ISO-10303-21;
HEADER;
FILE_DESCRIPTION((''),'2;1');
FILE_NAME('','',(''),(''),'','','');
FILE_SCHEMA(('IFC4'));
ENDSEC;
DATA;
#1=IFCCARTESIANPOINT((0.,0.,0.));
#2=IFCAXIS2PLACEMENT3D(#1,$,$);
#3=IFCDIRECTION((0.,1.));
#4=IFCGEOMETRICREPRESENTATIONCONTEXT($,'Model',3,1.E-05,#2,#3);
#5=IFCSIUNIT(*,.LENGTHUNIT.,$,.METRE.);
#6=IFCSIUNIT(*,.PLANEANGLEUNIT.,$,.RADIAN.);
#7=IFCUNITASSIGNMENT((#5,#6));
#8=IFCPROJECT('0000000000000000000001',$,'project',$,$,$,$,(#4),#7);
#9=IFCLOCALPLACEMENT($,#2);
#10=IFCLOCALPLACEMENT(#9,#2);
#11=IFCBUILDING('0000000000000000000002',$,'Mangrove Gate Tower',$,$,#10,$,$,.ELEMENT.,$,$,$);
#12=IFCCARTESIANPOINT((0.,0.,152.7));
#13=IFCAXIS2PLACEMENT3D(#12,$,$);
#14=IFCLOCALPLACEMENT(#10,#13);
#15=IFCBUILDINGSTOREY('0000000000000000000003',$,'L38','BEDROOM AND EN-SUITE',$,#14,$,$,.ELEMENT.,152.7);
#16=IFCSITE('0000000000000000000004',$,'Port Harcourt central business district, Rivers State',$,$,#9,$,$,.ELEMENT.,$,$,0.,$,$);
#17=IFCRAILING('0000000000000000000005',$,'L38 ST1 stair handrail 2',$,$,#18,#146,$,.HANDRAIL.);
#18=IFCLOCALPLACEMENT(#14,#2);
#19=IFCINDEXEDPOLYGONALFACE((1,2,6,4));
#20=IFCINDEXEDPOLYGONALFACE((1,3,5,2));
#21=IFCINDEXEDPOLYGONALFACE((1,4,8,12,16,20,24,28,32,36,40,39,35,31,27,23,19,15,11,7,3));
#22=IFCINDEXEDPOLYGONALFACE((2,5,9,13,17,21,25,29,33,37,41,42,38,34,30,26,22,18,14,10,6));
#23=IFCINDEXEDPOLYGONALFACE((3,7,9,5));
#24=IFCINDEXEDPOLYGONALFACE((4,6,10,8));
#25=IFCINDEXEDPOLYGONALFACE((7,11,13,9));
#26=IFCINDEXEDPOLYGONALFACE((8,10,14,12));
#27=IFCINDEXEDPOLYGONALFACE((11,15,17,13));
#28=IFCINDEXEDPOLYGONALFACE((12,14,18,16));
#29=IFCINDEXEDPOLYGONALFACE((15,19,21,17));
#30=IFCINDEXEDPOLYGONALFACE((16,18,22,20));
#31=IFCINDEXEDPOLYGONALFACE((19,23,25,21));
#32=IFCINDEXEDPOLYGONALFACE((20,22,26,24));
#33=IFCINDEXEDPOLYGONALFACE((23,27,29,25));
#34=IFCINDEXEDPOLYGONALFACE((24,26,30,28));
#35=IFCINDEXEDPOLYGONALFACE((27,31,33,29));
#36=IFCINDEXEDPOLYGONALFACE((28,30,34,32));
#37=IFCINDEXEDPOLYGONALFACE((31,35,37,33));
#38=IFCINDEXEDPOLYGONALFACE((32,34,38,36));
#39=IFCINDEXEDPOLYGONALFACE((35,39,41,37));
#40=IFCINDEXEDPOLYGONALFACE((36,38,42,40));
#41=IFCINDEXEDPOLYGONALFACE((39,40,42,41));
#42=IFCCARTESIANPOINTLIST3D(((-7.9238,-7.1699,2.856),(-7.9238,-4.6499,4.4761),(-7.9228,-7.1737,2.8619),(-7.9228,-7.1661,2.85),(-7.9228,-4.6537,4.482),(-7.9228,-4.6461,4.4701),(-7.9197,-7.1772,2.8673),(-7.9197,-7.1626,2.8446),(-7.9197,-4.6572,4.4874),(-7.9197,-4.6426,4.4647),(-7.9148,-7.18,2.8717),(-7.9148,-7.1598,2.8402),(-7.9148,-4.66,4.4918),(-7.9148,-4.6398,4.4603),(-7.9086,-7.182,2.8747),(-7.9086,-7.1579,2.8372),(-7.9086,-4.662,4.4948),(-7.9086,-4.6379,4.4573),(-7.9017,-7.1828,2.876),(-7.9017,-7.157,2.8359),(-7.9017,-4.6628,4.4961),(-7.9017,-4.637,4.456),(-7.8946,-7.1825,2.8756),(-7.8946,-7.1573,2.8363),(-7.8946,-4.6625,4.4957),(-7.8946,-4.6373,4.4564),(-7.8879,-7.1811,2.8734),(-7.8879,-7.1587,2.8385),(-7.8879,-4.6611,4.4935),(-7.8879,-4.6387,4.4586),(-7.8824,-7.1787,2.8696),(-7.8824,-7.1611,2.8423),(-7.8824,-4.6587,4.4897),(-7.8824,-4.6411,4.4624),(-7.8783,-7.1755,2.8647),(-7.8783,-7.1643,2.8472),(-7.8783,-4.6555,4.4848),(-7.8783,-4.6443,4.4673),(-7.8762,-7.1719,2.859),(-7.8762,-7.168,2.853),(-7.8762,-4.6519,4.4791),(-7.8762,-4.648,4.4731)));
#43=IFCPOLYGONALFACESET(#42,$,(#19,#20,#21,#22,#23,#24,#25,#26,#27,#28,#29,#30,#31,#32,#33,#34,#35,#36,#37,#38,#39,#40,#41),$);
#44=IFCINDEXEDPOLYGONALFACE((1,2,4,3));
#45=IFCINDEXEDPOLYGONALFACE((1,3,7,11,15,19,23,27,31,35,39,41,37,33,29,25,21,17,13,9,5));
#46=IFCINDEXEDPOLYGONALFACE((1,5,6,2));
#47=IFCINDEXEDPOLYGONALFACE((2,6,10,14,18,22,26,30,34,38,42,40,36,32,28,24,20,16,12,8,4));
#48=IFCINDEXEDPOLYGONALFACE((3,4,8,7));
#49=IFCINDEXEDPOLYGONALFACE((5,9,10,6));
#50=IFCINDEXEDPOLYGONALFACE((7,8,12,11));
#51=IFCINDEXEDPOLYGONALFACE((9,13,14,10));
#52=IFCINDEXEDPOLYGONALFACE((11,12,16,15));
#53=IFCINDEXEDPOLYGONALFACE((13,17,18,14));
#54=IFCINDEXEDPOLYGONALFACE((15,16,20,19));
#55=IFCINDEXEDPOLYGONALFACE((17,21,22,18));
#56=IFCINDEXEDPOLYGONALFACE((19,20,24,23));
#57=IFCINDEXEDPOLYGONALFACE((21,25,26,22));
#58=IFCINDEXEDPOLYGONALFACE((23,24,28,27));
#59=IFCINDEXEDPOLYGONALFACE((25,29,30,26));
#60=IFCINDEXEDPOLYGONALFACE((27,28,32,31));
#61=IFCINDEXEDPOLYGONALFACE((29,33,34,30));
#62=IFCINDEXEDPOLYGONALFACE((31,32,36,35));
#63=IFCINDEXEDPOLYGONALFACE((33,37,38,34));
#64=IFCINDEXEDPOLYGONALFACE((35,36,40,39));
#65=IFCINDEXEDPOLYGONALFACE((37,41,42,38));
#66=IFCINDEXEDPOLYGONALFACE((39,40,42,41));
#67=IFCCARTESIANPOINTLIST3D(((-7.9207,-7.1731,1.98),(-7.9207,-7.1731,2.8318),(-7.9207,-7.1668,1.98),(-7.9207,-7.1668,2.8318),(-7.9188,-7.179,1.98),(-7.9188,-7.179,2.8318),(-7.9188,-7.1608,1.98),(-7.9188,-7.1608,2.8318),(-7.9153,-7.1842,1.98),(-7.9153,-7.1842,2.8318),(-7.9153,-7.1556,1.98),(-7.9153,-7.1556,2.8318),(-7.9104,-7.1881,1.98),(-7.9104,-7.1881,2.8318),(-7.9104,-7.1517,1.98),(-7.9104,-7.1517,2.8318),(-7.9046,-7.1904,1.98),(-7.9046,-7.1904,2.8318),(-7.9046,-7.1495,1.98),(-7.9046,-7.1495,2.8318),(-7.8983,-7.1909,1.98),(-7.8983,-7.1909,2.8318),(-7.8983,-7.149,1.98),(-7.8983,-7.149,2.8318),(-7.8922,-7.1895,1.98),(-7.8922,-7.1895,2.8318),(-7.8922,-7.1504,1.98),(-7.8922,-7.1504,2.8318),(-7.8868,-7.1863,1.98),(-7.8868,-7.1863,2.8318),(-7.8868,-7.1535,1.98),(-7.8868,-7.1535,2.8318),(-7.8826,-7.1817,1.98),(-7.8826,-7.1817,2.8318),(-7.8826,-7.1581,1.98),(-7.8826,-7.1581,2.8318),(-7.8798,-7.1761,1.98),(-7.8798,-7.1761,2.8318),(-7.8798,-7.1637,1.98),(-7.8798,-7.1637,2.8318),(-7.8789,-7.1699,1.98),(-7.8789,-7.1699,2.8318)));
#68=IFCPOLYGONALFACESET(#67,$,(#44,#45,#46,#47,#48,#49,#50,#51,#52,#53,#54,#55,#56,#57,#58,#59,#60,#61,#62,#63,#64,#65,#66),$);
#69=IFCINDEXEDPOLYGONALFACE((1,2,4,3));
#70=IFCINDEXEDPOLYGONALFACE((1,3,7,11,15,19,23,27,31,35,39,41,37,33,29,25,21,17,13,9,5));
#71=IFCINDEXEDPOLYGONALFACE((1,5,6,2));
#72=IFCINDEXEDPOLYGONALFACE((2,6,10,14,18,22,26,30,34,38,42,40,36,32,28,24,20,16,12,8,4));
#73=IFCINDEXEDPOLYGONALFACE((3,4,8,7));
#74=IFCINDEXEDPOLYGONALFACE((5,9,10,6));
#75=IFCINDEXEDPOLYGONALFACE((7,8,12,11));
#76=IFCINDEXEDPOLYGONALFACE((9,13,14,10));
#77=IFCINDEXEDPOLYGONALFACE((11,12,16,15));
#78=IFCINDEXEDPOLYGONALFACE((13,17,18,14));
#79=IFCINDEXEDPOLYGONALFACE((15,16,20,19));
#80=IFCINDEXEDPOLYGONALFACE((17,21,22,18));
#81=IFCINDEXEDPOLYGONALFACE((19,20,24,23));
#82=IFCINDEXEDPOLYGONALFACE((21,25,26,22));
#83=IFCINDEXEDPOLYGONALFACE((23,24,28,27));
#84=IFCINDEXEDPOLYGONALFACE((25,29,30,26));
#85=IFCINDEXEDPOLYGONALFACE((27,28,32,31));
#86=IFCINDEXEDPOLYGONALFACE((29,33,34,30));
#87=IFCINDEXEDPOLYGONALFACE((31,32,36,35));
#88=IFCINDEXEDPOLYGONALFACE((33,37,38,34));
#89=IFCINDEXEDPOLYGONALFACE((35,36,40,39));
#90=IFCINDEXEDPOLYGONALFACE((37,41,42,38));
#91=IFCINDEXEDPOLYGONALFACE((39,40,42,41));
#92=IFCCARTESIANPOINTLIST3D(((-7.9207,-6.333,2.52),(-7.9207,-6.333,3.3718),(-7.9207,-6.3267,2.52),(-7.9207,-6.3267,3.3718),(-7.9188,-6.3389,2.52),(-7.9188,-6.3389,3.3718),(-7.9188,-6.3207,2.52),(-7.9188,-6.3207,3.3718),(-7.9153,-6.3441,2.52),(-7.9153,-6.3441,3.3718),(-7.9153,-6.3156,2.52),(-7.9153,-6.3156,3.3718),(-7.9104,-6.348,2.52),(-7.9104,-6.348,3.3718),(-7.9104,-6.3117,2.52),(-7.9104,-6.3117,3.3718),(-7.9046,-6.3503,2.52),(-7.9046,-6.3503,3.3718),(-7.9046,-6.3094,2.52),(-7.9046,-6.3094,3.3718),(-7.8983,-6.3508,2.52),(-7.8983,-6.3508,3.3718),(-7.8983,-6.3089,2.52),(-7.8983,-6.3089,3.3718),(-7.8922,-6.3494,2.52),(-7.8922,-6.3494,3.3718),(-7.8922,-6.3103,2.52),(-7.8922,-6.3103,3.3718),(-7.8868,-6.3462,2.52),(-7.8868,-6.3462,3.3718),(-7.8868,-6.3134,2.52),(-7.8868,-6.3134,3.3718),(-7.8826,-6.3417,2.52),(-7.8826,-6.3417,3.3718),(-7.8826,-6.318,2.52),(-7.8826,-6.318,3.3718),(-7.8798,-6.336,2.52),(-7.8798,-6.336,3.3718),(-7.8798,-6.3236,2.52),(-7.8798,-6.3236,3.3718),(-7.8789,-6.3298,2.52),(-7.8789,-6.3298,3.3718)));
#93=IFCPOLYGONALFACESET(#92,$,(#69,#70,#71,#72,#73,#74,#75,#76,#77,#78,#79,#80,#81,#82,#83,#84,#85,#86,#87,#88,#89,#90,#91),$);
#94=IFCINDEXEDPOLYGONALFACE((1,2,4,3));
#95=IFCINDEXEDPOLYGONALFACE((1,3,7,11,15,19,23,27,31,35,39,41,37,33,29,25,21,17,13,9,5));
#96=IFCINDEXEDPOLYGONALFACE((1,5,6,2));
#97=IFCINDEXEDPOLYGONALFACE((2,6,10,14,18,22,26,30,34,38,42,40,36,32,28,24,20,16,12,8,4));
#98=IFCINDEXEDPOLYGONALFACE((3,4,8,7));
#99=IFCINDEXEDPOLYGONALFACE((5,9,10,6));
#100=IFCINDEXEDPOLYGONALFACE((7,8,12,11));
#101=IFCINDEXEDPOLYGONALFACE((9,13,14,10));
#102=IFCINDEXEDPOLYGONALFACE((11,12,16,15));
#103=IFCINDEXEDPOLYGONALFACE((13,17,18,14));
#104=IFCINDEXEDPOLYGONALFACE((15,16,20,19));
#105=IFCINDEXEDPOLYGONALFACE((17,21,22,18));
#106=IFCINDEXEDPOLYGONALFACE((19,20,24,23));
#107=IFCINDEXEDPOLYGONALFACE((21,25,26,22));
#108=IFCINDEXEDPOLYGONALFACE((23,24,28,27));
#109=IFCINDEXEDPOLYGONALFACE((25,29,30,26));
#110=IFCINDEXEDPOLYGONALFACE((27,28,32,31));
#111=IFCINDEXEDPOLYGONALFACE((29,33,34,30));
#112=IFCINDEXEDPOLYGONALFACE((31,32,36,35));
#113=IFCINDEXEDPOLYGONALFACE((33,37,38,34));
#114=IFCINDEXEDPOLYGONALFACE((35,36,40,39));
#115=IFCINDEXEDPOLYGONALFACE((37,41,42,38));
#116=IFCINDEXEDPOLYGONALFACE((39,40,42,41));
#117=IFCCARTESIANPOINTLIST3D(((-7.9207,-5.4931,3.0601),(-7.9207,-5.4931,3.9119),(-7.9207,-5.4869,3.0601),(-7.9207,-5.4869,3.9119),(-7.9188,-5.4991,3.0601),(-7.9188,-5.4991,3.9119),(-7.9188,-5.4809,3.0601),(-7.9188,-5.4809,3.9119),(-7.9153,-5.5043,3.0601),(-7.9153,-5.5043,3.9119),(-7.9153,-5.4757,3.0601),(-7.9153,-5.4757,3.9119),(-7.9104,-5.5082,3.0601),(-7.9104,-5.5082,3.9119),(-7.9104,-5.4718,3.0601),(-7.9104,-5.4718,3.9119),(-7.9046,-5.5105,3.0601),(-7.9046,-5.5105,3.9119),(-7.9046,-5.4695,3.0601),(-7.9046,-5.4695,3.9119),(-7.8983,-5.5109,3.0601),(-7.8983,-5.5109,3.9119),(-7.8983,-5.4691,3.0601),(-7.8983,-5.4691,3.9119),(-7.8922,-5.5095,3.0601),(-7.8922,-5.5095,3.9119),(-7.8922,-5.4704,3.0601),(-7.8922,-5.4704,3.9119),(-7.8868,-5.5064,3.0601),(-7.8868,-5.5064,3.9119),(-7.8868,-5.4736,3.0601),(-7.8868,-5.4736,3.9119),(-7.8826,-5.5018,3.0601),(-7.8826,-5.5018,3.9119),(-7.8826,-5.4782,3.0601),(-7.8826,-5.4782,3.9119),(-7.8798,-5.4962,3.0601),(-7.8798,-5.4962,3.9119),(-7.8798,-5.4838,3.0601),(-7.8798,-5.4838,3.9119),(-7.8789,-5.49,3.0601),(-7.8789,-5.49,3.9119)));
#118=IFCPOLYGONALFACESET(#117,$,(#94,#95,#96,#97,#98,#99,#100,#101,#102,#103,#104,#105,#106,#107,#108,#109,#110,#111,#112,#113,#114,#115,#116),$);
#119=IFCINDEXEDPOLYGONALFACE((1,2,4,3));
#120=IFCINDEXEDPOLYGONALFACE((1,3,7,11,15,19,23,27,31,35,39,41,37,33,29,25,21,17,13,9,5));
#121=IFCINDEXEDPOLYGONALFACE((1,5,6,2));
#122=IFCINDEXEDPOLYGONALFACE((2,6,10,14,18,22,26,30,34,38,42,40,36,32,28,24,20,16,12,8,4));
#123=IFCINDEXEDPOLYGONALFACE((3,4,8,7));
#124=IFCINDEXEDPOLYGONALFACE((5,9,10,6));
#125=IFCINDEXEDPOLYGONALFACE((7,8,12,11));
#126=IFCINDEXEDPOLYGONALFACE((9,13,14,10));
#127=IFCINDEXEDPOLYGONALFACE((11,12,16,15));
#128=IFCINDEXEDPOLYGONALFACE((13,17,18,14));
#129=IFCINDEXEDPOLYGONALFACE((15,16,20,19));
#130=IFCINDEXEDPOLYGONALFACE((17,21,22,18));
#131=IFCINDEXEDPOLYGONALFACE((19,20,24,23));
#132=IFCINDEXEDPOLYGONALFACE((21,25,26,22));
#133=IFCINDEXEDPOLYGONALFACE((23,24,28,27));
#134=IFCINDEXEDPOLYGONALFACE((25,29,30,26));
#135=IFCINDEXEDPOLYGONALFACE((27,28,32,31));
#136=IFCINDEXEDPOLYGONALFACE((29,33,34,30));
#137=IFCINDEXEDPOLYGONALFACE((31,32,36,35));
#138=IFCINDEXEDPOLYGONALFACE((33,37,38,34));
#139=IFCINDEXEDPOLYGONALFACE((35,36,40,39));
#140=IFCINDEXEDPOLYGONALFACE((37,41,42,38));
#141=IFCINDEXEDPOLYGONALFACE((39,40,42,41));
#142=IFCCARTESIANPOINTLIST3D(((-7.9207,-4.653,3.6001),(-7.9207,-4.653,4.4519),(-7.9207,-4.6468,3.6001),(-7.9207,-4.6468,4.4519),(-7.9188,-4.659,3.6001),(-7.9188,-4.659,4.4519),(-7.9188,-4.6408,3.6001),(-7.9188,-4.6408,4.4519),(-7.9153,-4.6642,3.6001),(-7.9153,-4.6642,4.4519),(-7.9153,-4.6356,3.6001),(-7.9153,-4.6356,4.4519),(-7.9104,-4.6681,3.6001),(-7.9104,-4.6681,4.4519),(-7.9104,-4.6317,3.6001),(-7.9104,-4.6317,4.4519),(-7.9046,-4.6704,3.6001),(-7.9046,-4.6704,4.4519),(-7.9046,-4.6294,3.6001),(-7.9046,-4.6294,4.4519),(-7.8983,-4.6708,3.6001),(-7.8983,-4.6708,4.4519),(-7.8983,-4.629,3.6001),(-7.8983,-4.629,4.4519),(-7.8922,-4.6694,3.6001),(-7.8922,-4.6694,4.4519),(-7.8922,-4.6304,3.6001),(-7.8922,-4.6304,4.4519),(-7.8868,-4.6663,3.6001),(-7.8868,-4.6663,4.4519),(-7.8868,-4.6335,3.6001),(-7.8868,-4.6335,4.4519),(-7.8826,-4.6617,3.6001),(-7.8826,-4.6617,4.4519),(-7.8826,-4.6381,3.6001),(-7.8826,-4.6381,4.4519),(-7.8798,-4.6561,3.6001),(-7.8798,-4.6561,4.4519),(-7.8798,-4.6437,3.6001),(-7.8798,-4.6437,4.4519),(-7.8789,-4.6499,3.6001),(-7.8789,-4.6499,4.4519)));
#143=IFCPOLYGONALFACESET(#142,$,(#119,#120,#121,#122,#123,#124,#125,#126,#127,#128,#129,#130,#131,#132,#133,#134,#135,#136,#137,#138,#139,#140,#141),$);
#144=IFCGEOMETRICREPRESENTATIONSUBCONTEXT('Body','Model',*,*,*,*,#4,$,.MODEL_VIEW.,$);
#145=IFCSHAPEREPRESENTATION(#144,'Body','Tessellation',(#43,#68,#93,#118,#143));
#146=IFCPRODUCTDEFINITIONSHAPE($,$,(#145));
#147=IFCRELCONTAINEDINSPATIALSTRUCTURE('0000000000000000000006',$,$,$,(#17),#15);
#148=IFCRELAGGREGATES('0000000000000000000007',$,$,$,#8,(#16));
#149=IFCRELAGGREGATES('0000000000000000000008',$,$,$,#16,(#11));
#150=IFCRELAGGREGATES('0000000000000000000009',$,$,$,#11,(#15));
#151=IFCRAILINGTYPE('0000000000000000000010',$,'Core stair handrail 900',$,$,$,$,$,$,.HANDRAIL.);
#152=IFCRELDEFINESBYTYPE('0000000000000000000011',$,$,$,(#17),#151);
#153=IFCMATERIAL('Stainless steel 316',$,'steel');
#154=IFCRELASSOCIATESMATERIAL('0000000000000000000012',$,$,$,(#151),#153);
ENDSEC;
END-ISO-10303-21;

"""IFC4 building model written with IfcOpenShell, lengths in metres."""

from ifc_helpers import new_model, si_unit, direction, frame, origin, origin_2d, place, context, subcontext, project, spatial, circle, extrude, material, type_object, element, save


model = new_model("IFC4")

# Units and contexts
model_context = context("Model", 3, precision=1e-05, world=origin(), true_north=direction((0.0, 1.0)))
body_context = subcontext(model_context, "Body", "Model", "MODEL_VIEW")
ifc_project = project(units=[si_unit("LENGTHUNIT", "METRE"), si_unit("PLANEANGLEUNIT", "RADIAN")], contexts=[model_context])

# Site, building, storey
site_placement = place(None, origin())
site = spatial("IfcSite", under=ifc_project, at=site_placement, Name="Port Harcourt central business district, Rivers State", CompositionType="ELEMENT", RefElevation=0.0)
building_placement = place(site_placement, origin())
building = spatial("IfcBuilding", under=site, at=building_placement, Name="Mangrove Gate Tower", CompositionType="ELEMENT")
storey_placement = place(building_placement, frame((0.0, 0.0, 152.7)))
storey = spatial("IfcBuildingStorey", under=building, at=storey_placement, Name="L38", Description="BEDROOM AND EN-SUITE", CompositionType="ELEMENT", Elevation=152.7)

# Railing
ifc_material_1 = material(Name="Stainless steel 316", Category="steel")
railing_type_1 = type_object("IfcRailingType", Name="Core stair handrail 900", PredefinedType="HANDRAIL", material=ifc_material_1)
railing_1_placement = place(storey_placement, frame((-7.8999, -7.1699, 1.98)))
element("IfcRailing", 1, at=railing_1_placement, inside=storey, type_object=railing_type_1, Name="L38 ST1 stair handrail 2", PredefinedType="HANDRAIL", context=body_context, shape_type="SweptSolid", body=[
    extrude(circle(Radius=0.0239, at=origin_2d()), frame((0.0, 0.0, 0.876), z_axis=(0.0, 0.841163, 0.540782), x_axis=(-1.0, 0.0, 0.0)), (0.0, 0.0, 1.0), 2.9958),
    extrude(circle(Radius=0.021, at=origin_2d()), origin(), (0.0, 0.0, 1.0), 0.8518),
    extrude(circle(Radius=0.021, at=origin_2d()), frame((0.0, 0.8401, 0.54)), (0.0, 0.0, 1.0), 0.8518),
    extrude(circle(Radius=0.021, at=origin_2d()), frame((0.0, 1.6799, 1.0801)), (0.0, 0.0, 1.0), 0.8518),
    extrude(circle(Radius=0.021, at=origin_2d()), frame((0.0, 2.52, 1.6201)), (0.0, 0.0, 1.0), 0.8518),
])

save(model, "model.ifc")
